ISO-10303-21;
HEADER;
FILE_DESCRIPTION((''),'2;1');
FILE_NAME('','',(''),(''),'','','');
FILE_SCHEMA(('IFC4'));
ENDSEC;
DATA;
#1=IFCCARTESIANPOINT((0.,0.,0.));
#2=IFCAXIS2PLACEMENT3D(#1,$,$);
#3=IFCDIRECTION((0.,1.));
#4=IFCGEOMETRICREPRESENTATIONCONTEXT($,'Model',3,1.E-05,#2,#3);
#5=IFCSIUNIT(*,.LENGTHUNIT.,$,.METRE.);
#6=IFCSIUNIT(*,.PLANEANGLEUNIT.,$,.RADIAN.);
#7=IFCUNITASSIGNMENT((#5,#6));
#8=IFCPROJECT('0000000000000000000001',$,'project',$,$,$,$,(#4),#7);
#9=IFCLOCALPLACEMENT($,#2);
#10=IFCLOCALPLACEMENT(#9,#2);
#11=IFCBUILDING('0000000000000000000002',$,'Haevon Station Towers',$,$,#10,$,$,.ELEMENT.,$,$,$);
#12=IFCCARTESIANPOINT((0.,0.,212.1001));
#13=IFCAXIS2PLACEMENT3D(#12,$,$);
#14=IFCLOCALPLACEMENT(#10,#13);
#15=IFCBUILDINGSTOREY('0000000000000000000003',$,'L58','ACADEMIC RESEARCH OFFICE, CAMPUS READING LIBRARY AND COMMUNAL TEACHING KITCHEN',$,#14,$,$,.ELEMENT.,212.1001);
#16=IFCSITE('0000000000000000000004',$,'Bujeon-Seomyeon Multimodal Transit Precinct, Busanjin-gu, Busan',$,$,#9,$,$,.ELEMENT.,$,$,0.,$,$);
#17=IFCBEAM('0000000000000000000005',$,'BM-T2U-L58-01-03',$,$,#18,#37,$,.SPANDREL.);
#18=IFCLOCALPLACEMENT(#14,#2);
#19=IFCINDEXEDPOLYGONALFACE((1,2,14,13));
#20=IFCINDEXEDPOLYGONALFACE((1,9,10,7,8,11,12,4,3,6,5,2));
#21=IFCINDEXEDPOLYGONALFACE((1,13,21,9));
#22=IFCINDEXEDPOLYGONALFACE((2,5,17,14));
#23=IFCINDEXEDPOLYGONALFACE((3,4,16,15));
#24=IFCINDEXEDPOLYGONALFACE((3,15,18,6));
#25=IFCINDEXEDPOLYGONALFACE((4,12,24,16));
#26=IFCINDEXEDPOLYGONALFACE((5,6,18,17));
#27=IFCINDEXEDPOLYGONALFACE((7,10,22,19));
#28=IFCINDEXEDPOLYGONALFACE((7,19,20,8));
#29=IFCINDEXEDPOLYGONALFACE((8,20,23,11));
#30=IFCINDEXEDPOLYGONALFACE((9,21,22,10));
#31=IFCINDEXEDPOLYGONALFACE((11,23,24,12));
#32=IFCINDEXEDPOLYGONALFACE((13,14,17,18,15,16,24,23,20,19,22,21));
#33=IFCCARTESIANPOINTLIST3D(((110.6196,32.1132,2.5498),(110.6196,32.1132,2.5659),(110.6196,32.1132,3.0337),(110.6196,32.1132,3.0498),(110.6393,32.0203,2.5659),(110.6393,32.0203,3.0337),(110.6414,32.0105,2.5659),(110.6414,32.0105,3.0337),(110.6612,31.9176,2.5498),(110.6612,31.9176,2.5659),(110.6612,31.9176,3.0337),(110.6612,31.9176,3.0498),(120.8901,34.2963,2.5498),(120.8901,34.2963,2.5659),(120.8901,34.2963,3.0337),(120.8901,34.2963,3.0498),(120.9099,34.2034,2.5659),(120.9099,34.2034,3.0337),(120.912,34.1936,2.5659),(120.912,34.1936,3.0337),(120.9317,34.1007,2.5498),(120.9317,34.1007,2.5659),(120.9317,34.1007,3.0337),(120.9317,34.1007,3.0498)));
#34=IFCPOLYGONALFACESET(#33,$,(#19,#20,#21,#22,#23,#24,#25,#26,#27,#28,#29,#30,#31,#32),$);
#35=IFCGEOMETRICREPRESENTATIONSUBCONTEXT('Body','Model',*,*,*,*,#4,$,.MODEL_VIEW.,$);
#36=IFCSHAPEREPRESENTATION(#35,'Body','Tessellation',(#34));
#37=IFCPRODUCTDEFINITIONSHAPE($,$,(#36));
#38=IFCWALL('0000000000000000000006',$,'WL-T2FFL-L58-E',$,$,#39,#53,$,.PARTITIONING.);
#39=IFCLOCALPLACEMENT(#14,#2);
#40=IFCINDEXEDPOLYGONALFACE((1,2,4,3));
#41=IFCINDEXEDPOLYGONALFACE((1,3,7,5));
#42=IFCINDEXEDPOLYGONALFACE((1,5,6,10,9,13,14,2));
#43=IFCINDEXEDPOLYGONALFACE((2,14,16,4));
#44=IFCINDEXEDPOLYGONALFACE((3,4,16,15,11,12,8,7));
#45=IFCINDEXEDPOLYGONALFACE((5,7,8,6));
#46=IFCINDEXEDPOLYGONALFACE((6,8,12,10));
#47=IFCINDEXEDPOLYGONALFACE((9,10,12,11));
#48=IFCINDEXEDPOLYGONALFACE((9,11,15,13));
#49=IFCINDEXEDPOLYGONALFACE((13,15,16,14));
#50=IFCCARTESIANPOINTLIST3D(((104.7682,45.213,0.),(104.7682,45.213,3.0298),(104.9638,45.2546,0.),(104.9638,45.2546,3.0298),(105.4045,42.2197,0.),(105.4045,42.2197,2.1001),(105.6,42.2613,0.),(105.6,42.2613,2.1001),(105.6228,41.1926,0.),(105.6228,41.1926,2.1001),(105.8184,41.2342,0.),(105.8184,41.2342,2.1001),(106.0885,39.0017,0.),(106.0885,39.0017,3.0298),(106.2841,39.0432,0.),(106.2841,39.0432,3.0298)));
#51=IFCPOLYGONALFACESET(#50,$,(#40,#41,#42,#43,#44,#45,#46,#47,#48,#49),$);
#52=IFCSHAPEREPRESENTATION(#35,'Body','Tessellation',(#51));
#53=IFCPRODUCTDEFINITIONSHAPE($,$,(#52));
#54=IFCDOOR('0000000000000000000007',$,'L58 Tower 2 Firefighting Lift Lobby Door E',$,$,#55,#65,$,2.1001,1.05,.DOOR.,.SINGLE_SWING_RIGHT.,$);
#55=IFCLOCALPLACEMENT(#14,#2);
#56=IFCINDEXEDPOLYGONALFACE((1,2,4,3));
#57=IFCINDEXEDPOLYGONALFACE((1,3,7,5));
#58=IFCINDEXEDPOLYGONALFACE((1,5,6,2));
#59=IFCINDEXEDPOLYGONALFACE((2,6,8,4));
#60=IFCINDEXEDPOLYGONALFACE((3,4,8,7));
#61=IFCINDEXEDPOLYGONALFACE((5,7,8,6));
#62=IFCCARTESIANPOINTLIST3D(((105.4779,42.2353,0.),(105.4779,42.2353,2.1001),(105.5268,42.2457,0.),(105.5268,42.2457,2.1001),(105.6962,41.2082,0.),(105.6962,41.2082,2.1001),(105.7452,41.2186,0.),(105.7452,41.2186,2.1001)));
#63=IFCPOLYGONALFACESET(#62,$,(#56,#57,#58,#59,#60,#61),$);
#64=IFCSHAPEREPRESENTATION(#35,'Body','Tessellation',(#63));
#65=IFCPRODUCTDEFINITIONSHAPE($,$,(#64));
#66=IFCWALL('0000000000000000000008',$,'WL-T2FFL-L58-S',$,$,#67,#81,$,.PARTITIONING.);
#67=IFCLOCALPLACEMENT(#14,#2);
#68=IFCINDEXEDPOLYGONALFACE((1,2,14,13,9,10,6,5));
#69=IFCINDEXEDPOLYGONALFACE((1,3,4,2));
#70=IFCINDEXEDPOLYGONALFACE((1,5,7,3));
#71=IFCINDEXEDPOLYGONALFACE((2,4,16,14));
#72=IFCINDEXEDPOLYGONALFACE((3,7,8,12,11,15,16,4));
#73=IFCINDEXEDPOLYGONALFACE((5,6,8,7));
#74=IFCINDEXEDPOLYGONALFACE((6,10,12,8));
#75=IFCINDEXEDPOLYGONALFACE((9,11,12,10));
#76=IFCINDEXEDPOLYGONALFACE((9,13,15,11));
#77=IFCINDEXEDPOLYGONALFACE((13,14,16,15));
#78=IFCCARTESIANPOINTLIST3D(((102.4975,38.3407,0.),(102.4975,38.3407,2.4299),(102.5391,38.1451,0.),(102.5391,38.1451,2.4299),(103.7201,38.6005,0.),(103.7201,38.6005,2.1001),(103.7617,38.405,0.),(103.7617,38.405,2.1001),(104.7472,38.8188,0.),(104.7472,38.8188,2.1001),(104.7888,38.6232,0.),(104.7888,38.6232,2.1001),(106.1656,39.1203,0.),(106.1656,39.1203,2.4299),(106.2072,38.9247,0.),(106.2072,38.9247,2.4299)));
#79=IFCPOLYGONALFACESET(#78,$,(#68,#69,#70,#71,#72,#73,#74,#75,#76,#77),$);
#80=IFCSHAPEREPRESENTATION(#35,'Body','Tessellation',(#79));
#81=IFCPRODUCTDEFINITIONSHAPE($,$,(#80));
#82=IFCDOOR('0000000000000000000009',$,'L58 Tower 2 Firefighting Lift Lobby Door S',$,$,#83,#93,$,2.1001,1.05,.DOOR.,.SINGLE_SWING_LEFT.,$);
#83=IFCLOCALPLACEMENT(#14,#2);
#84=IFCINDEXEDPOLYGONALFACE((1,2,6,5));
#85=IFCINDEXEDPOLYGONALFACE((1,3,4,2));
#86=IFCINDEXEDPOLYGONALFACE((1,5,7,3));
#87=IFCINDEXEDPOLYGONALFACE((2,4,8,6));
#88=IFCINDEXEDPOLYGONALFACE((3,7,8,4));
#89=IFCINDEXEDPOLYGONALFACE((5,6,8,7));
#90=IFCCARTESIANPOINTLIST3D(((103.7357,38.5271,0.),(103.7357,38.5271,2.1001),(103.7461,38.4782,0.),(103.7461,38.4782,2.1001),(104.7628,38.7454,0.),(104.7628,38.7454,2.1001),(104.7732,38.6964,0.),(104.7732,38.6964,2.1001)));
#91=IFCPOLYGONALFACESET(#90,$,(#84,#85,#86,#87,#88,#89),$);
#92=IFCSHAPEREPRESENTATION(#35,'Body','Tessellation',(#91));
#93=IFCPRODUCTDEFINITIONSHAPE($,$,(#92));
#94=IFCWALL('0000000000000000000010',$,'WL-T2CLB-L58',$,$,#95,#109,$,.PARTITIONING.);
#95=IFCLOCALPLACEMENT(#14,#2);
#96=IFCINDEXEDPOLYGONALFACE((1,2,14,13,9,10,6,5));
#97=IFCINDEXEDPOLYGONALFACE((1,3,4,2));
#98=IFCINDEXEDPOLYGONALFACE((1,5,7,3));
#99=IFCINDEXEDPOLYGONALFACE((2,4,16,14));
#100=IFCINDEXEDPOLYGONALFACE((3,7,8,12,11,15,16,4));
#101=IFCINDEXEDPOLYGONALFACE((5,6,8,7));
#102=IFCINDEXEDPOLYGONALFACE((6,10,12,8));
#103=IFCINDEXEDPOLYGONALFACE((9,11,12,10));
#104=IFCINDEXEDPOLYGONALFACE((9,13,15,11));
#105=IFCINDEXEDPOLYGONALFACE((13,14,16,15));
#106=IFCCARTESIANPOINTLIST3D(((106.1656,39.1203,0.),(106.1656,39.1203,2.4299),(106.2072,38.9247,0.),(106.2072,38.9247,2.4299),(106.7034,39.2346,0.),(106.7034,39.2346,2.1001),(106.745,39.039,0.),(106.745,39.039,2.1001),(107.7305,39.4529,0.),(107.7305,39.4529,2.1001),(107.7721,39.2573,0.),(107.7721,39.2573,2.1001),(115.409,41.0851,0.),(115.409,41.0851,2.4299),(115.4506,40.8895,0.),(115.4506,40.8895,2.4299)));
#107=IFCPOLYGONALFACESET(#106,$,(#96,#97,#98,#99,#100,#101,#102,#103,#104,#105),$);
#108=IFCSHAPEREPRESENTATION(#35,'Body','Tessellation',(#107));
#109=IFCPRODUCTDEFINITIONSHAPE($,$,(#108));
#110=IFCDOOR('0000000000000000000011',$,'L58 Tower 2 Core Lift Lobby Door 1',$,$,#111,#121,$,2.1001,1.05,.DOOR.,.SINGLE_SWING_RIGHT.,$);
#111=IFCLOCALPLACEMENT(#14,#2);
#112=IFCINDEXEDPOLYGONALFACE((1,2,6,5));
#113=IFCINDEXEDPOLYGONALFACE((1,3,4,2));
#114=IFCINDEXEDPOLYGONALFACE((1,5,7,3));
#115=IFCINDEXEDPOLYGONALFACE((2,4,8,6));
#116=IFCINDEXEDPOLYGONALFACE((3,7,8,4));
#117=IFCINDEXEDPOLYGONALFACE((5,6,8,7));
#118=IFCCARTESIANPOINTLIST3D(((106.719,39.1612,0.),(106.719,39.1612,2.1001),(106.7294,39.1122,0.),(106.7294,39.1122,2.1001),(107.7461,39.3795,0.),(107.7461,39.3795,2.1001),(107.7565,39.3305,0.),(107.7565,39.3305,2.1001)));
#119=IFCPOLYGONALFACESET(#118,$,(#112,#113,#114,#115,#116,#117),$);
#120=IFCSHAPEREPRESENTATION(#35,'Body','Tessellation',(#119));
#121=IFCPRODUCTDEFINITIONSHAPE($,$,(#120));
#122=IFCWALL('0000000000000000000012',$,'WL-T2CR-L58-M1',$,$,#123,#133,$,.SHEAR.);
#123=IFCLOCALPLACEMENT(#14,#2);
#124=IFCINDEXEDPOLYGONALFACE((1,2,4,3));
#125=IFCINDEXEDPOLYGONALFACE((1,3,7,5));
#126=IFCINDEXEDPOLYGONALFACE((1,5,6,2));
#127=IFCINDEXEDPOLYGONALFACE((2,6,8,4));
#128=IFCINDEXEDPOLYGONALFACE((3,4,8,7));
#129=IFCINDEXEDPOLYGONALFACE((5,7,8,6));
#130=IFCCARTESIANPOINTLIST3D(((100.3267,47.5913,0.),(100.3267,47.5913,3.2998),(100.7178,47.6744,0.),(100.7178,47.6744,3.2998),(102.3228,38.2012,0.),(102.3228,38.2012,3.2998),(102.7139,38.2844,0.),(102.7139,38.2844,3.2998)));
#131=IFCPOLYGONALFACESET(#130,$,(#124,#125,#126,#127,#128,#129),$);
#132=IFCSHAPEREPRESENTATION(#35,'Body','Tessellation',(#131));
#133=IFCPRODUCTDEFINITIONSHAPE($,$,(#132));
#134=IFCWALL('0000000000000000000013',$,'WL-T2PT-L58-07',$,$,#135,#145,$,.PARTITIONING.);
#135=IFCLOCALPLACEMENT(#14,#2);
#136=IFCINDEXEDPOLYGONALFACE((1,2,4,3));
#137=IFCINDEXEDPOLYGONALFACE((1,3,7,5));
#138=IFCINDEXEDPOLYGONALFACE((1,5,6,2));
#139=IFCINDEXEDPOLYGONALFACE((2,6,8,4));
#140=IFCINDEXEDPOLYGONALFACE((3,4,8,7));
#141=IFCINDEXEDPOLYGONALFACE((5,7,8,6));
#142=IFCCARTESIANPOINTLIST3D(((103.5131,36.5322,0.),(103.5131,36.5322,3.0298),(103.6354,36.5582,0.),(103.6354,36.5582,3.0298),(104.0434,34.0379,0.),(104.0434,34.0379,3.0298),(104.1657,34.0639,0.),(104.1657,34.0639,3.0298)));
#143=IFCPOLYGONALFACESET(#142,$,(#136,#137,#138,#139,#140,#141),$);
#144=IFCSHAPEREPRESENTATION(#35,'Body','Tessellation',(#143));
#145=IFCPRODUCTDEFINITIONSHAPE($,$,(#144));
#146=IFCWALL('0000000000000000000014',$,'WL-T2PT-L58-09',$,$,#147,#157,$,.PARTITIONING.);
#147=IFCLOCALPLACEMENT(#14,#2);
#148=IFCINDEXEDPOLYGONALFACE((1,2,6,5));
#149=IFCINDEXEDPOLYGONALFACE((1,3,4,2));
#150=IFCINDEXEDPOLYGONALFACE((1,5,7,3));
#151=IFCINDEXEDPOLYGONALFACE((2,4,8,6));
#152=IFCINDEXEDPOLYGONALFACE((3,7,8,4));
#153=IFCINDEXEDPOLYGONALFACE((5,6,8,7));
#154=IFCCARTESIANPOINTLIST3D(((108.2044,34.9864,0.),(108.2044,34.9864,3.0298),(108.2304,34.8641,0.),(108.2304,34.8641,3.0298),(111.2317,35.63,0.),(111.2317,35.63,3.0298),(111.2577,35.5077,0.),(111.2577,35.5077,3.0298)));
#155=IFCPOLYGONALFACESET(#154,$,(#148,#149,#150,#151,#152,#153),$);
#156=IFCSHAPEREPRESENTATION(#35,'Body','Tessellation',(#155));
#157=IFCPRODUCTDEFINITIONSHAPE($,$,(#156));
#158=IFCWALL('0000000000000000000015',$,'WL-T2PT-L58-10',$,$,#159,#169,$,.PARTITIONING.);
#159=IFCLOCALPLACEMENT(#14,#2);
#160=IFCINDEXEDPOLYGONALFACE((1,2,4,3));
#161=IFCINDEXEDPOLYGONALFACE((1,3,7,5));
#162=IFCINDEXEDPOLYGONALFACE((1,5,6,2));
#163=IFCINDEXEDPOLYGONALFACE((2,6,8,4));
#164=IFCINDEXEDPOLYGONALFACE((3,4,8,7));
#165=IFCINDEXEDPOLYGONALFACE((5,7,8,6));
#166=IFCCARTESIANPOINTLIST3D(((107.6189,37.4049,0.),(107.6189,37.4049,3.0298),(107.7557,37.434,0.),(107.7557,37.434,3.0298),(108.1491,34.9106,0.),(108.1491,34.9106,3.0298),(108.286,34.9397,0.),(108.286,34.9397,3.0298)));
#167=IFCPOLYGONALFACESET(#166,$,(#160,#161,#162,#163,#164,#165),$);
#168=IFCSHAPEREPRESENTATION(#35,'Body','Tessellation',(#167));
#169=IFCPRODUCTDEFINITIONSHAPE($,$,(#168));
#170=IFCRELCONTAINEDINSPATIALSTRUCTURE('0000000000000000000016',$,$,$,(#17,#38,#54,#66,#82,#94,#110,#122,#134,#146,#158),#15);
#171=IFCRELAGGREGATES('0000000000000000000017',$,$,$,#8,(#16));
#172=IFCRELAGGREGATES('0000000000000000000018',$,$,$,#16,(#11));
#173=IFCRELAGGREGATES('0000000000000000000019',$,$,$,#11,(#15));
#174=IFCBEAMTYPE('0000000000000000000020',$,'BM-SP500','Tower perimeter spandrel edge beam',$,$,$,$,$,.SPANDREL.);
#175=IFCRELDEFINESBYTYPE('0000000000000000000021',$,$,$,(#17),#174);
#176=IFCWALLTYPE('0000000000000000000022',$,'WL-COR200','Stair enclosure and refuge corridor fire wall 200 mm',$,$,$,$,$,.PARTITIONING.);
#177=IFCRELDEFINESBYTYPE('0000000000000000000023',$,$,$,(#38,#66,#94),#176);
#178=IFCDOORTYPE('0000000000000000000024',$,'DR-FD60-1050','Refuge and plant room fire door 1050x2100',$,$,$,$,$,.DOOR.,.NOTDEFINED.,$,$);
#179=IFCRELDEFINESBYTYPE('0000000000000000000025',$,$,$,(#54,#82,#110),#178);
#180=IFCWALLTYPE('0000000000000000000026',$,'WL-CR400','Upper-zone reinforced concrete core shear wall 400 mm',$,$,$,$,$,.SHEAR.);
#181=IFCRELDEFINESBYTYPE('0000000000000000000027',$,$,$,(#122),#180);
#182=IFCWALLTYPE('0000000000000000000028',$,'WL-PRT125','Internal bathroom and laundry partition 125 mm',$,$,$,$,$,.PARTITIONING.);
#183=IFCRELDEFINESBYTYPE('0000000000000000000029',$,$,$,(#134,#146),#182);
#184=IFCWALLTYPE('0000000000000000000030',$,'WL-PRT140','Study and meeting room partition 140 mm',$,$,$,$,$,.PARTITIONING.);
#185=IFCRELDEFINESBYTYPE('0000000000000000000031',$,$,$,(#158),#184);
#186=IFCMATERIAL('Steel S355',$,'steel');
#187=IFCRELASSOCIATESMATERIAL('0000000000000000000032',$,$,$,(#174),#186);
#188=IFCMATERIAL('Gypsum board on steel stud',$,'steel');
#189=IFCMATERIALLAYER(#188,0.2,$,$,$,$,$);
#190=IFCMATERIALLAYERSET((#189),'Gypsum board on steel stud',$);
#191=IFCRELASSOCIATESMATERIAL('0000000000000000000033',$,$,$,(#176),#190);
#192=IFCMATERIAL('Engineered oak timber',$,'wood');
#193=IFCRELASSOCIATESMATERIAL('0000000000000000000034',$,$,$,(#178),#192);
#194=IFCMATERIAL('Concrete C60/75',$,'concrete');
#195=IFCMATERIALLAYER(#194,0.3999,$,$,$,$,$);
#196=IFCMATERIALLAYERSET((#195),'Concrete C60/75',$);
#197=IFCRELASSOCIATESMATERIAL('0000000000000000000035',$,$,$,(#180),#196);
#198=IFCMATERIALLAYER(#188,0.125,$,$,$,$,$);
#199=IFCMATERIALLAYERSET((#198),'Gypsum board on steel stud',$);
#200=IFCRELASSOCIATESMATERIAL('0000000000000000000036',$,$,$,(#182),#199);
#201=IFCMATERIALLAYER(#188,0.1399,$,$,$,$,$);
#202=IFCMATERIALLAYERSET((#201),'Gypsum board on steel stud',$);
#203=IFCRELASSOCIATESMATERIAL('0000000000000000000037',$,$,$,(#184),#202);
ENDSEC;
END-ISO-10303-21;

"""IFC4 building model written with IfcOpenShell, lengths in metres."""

from ifc_helpers import new_model, si_unit, direction, frame, frame_2d, origin, origin_2d, place, context, subcontext, project, spatial, rectangle, i_section, extrude, material, layer, layer_set, material_profile, profile_set, type_object, element, fill, save


model = new_model("IFC4")

# Units and contexts
model_context = context("Model", 3, precision=1e-05, world=origin(), true_north=direction((0.0, 1.0)))
body_context = subcontext(model_context, "Body", "Model", "MODEL_VIEW")
ifc_project = project(units=[si_unit("LENGTHUNIT", "METRE"), si_unit("PLANEANGLEUNIT", "RADIAN")], contexts=[model_context])

# Site, building, storey
site_placement = place(None, origin())
site = spatial("IfcSite", under=ifc_project, at=site_placement, Name="Bujeon-Seomyeon Multimodal Transit Precinct, Busanjin-gu, Busan", CompositionType="ELEMENT", RefElevation=0.0)
building_placement = place(site_placement, origin())
building = spatial("IfcBuilding", under=site, at=building_placement, Name="Haevon Station Towers", CompositionType="ELEMENT")
storey_placement = place(building_placement, frame((0.0, 0.0, 212.1001)))
storey = spatial("IfcBuildingStorey", under=building, at=storey_placement, Name="L58", Description="ACADEMIC RESEARCH OFFICE, CAMPUS READING LIBRARY AND COMMUNAL TEACHING KITCHEN", CompositionType="ELEMENT", Elevation=212.1001)

# Shared definitions
ifc_material_1 = material(Name="Steel S355", Category="steel")

# Beam
ifc_material_profile_1 = material_profile(ifc_material_1, i_section(OverallWidth=0.2, OverallDepth=0.5, WebThickness=0.01, FlangeThickness=0.0161, at=origin_2d()), Name="H-500x200x10x16")
ifc_profile_set_1 = profile_set([ifc_material_profile_1], Name="Steel S355")
beam_type_1 = type_object("IfcBeamType", Name="BM-SP500", Description="Tower perimeter spandrel edge beam", PredefinedType="SPANDREL", material=ifc_profile_set_1)
beam_1_placement = place(storey_placement, frame((110.6404, 32.0154, 2.7998), z_axis=(0.978147, 0.207915, 0.0), x_axis=(-0.207915, 0.978147, 0.0)))
element("IfcBeam", 1, at=beam_1_placement, inside=storey, type_object=beam_type_1, Name="BM-T2U-L58-01-03", PredefinedType="SPANDREL", context=body_context, shape_type="SweptSolid", body=[
    extrude(i_section(OverallWidth=0.2, OverallDepth=0.5, WebThickness=0.01, FlangeThickness=0.0161, at=origin_2d()), origin(), (0.0, 0.0, 1.0), 10.5),
])

# Walls, openings, doors
ifc_material_2 = material(Name="Gypsum board on steel stud", Category="steel")
ifc_layer_1 = layer(ifc_material_2, 0.2)
ifc_layer_set_1 = layer_set([ifc_layer_1], Name="Gypsum board on steel stud")
wall_type_1 = type_object("IfcWallType", Name="WL-COR200", Description="Stair enclosure and refuge corridor fire wall 200 mm", PredefinedType="PARTITIONING", material=ifc_layer_set_1)
wall_1_placement = place(storey_placement, frame((106.1863, 39.0225, 0.0), z_axis=(0.0, 0.0, 1.0), x_axis=(-0.207917, 0.978147, 0.0)))
wall_1 = element("IfcWall", 2, at=wall_1_placement, inside=storey, type_object=wall_type_1, Name="WL-T2FFL-L58-E", PredefinedType="PARTITIONING", context=body_context, shape_type="SweptSolid", body=[
    extrude(rectangle(XDim=6.3501, YDim=0.2, at=frame_2d((3.175, 0.0))), origin(), (0.0, 0.0, 1.0), 3.0298),
])
opening_1_placement = place(wall_1_placement, frame((2.24, 0.0, 0.0)))
opening_1 = element("IfcOpeningElement", 3, at=opening_1_placement, cuts=wall_1, PredefinedType="OPENING", context=body_context, shape_type="SweptSolid", body=[
    extrude(rectangle(XDim=1.05, YDim=2.1001, at=frame_2d((0.5249, 1.05))), frame((0.0, 0.1099, 0.0), z_axis=(0.0, -1.0, 0.0), x_axis=(1.0, 0.0, 0.0)), (0.0, 0.0, 1.0), 0.22),
])
ifc_material_3 = material(Name="Engineered oak timber", Category="wood")
door_type = type_object("IfcDoorType", Name="DR-FD60-1050", Description="Refuge and plant room fire door 1050x2100", OperationType="NOTDEFINED", PredefinedType="DOOR", material=ifc_material_3)
door_1_placement = place(opening_1_placement, origin())
door_1 = element("IfcDoor", 4, at=door_1_placement, inside=storey, type_object=door_type, Name="L58 Tower 2 Firefighting Lift Lobby Door E", OperationType="SINGLE_SWING_RIGHT", OverallHeight=2.1001, OverallWidth=1.05, PredefinedType="DOOR", context=body_context, shape_type="SweptSolid", body=[
    extrude(rectangle(XDim=1.05, YDim=2.1001, at=frame_2d((0.5249, 1.05))), frame((0.0, 0.0249, 0.0), z_axis=(0.0, -1.0, 0.0), x_axis=(1.0, 0.0, 0.0)), (0.0, 0.0, 1.0), 0.05),
])
fill(opening_1, door_1)
wall_2_placement = place(storey_placement, frame((102.5183, 38.2429, 0.0), z_axis=(0.0, 0.0, 1.0), x_axis=(0.978154, 0.207884, 0.0)))
wall_2 = element("IfcWall", 5, at=wall_2_placement, inside=storey, type_object=wall_type_1, Name="WL-T2FFL-L58-S", PredefinedType="PARTITIONING", context=body_context, shape_type="SweptSolid", body=[
    extrude(rectangle(XDim=3.75, YDim=0.2, at=frame_2d((1.875, 0.0))), origin(), (0.0, 0.0, 1.0), 2.4299),
])
opening_2_placement = place(wall_2_placement, frame((1.25, 0.0, 0.0)))
opening_2 = element("IfcOpeningElement", 6, at=opening_2_placement, cuts=wall_2, PredefinedType="OPENING", context=body_context, shape_type="SweptSolid", body=[
    extrude(rectangle(XDim=1.05, YDim=2.1001, at=frame_2d((0.5249, 1.05))), frame((0.0, 0.1099, 0.0), z_axis=(0.0, -1.0, 0.0), x_axis=(1.0, 0.0, 0.0)), (0.0, 0.0, 1.0), 0.22),
])
door_2_placement = place(opening_2_placement, origin())
door_2 = element("IfcDoor", 7, at=door_2_placement, inside=storey, type_object=door_type, Name="L58 Tower 2 Firefighting Lift Lobby Door S", OperationType="SINGLE_SWING_LEFT", OverallHeight=2.1001, OverallWidth=1.05, PredefinedType="DOOR", context=body_context, shape_type="SweptSolid", body=[
    extrude(rectangle(XDim=1.05, YDim=2.1001, at=frame_2d((0.5249, 1.05))), frame((0.0, 0.0249, 0.0), z_axis=(0.0, -1.0, 0.0), x_axis=(1.0, 0.0, 0.0)), (0.0, 0.0, 1.0), 0.05),
])
fill(opening_2, door_2)
wall_3_placement = place(storey_placement, frame((106.1863, 39.0225, 0.0), z_axis=(0.0, 0.0, 1.0), x_axis=(0.978146, 0.207921, 0.0)))
wall_3 = element("IfcWall", 8, at=wall_3_placement, inside=storey, type_object=wall_type_1, Name="WL-T2CLB-L58", PredefinedType="PARTITIONING", context=body_context, shape_type="SweptSolid", body=[
    extrude(rectangle(XDim=9.45, YDim=0.2, at=frame_2d((4.7251, 0.0))), origin(), (0.0, 0.0, 1.0), 2.4299),
])
opening_3_placement = place(wall_3_placement, frame((0.55, 0.0, 0.0)))
opening_3 = element("IfcOpeningElement", 9, at=opening_3_placement, cuts=wall_3, PredefinedType="OPENING", context=body_context, shape_type="SweptSolid", body=[
    extrude(rectangle(XDim=1.05, YDim=2.1001, at=frame_2d((0.5249, 1.05))), frame((0.0, 0.1099, 0.0), z_axis=(0.0, -1.0, 0.0), x_axis=(1.0, 0.0, 0.0)), (0.0, 0.0, 1.0), 0.22),
])
door_3_placement = place(opening_3_placement, origin())
door_3 = element("IfcDoor", 10, at=door_3_placement, inside=storey, type_object=door_type, Name="L58 Tower 2 Core Lift Lobby Door 1", OperationType="SINGLE_SWING_RIGHT", OverallHeight=2.1001, OverallWidth=1.05, PredefinedType="DOOR", context=body_context, shape_type="SweptSolid", body=[
    extrude(rectangle(XDim=1.05, YDim=2.1001, at=frame_2d((0.5249, 1.05))), frame((0.0, 0.0249, 0.0), z_axis=(0.0, -1.0, 0.0), x_axis=(1.0, 0.0, 0.0)), (0.0, 0.0, 1.0), 0.05),
])
fill(opening_3, door_3)

# Walls
ifc_material_4 = material(Name="Concrete C60/75", Category="concrete")
ifc_layer_2 = layer(ifc_material_4, 0.3999)
ifc_layer_set_2 = layer_set([ifc_layer_2], Name="Concrete C60/75")
wall_type_2 = type_object("IfcWallType", Name="WL-CR400", Description="Upper-zone reinforced concrete core shear wall 400 mm", PredefinedType="SHEAR", material=ifc_layer_set_2)
wall_4_placement = place(storey_placement, frame((102.5183, 38.2429, 0.0), z_axis=(0.0, 0.0, 1.0), x_axis=(-0.207927, 0.978144, 0.0)))
element("IfcWall", 11, at=wall_4_placement, inside=storey, type_object=wall_type_2, Name="WL-T2CR-L58-M1", PredefinedType="SHEAR", context=body_context, shape_type="SweptSolid", body=[
    extrude(rectangle(XDim=9.5999, YDim=0.3999, at=frame_2d((4.7998, 0.0))), origin(), (0.0, 0.0, 1.0), 3.2998),
])
ifc_layer_3 = layer(ifc_material_2, 0.125)
ifc_layer_set_3 = layer_set([ifc_layer_3], Name="Gypsum board on steel stud")
wall_type_3 = type_object("IfcWallType", Name="WL-PRT125", Description="Internal bathroom and laundry partition 125 mm", PredefinedType="PARTITIONING", material=ifc_layer_set_3)
wall_5_placement = place(storey_placement, frame((104.1045, 34.051, 0.0), z_axis=(0.0, 0.0, 1.0), x_axis=(-0.20794, 0.978142, 0.0)))
element("IfcWall", 12, at=wall_5_placement, inside=storey, type_object=wall_type_3, Name="WL-T2PT-L58-07", PredefinedType="PARTITIONING", context=body_context, shape_type="SweptSolid", body=[
    extrude(rectangle(XDim=2.55, YDim=0.125, at=frame_2d((1.2749, 0.0))), origin(), (0.0, 0.0, 1.0), 3.0298),
])
wall_6_placement = place(storey_placement, frame((108.2175, 34.9253, 0.0), z_axis=(0.0, 0.0, 1.0), x_axis=(0.978143, 0.207934, 0.0)))
element("IfcWall", 13, at=wall_6_placement, inside=storey, type_object=wall_type_3, Name="WL-T2PT-L58-09", PredefinedType="PARTITIONING", context=body_context, shape_type="SweptSolid", body=[
    extrude(rectangle(XDim=3.095, YDim=0.125, at=frame_2d((1.5474, 0.0))), origin(), (0.0, 0.0, 1.0), 3.0298),
])
ifc_layer_4 = layer(ifc_material_2, 0.1399)
ifc_layer_set_4 = layer_set([ifc_layer_4], Name="Gypsum board on steel stud")
wall_type_4 = type_object("IfcWallType", Name="WL-PRT140", Description="Study and meeting room partition 140 mm", PredefinedType="PARTITIONING", material=ifc_layer_set_4)
wall_7_placement = place(storey_placement, frame((108.2175, 34.9253, 0.0), z_axis=(0.0, 0.0, 1.0), x_axis=(-0.20794, 0.978142, 0.0)))
element("IfcWall", 14, at=wall_7_placement, inside=storey, type_object=wall_type_4, Name="WL-T2PT-L58-10", PredefinedType="PARTITIONING", context=body_context, shape_type="SweptSolid", body=[
    extrude(rectangle(XDim=2.55, YDim=0.1399, at=frame_2d((1.2749, 0.0))), origin(), (0.0, 0.0, 1.0), 3.0298),
])

save(model, "model.ifc")
